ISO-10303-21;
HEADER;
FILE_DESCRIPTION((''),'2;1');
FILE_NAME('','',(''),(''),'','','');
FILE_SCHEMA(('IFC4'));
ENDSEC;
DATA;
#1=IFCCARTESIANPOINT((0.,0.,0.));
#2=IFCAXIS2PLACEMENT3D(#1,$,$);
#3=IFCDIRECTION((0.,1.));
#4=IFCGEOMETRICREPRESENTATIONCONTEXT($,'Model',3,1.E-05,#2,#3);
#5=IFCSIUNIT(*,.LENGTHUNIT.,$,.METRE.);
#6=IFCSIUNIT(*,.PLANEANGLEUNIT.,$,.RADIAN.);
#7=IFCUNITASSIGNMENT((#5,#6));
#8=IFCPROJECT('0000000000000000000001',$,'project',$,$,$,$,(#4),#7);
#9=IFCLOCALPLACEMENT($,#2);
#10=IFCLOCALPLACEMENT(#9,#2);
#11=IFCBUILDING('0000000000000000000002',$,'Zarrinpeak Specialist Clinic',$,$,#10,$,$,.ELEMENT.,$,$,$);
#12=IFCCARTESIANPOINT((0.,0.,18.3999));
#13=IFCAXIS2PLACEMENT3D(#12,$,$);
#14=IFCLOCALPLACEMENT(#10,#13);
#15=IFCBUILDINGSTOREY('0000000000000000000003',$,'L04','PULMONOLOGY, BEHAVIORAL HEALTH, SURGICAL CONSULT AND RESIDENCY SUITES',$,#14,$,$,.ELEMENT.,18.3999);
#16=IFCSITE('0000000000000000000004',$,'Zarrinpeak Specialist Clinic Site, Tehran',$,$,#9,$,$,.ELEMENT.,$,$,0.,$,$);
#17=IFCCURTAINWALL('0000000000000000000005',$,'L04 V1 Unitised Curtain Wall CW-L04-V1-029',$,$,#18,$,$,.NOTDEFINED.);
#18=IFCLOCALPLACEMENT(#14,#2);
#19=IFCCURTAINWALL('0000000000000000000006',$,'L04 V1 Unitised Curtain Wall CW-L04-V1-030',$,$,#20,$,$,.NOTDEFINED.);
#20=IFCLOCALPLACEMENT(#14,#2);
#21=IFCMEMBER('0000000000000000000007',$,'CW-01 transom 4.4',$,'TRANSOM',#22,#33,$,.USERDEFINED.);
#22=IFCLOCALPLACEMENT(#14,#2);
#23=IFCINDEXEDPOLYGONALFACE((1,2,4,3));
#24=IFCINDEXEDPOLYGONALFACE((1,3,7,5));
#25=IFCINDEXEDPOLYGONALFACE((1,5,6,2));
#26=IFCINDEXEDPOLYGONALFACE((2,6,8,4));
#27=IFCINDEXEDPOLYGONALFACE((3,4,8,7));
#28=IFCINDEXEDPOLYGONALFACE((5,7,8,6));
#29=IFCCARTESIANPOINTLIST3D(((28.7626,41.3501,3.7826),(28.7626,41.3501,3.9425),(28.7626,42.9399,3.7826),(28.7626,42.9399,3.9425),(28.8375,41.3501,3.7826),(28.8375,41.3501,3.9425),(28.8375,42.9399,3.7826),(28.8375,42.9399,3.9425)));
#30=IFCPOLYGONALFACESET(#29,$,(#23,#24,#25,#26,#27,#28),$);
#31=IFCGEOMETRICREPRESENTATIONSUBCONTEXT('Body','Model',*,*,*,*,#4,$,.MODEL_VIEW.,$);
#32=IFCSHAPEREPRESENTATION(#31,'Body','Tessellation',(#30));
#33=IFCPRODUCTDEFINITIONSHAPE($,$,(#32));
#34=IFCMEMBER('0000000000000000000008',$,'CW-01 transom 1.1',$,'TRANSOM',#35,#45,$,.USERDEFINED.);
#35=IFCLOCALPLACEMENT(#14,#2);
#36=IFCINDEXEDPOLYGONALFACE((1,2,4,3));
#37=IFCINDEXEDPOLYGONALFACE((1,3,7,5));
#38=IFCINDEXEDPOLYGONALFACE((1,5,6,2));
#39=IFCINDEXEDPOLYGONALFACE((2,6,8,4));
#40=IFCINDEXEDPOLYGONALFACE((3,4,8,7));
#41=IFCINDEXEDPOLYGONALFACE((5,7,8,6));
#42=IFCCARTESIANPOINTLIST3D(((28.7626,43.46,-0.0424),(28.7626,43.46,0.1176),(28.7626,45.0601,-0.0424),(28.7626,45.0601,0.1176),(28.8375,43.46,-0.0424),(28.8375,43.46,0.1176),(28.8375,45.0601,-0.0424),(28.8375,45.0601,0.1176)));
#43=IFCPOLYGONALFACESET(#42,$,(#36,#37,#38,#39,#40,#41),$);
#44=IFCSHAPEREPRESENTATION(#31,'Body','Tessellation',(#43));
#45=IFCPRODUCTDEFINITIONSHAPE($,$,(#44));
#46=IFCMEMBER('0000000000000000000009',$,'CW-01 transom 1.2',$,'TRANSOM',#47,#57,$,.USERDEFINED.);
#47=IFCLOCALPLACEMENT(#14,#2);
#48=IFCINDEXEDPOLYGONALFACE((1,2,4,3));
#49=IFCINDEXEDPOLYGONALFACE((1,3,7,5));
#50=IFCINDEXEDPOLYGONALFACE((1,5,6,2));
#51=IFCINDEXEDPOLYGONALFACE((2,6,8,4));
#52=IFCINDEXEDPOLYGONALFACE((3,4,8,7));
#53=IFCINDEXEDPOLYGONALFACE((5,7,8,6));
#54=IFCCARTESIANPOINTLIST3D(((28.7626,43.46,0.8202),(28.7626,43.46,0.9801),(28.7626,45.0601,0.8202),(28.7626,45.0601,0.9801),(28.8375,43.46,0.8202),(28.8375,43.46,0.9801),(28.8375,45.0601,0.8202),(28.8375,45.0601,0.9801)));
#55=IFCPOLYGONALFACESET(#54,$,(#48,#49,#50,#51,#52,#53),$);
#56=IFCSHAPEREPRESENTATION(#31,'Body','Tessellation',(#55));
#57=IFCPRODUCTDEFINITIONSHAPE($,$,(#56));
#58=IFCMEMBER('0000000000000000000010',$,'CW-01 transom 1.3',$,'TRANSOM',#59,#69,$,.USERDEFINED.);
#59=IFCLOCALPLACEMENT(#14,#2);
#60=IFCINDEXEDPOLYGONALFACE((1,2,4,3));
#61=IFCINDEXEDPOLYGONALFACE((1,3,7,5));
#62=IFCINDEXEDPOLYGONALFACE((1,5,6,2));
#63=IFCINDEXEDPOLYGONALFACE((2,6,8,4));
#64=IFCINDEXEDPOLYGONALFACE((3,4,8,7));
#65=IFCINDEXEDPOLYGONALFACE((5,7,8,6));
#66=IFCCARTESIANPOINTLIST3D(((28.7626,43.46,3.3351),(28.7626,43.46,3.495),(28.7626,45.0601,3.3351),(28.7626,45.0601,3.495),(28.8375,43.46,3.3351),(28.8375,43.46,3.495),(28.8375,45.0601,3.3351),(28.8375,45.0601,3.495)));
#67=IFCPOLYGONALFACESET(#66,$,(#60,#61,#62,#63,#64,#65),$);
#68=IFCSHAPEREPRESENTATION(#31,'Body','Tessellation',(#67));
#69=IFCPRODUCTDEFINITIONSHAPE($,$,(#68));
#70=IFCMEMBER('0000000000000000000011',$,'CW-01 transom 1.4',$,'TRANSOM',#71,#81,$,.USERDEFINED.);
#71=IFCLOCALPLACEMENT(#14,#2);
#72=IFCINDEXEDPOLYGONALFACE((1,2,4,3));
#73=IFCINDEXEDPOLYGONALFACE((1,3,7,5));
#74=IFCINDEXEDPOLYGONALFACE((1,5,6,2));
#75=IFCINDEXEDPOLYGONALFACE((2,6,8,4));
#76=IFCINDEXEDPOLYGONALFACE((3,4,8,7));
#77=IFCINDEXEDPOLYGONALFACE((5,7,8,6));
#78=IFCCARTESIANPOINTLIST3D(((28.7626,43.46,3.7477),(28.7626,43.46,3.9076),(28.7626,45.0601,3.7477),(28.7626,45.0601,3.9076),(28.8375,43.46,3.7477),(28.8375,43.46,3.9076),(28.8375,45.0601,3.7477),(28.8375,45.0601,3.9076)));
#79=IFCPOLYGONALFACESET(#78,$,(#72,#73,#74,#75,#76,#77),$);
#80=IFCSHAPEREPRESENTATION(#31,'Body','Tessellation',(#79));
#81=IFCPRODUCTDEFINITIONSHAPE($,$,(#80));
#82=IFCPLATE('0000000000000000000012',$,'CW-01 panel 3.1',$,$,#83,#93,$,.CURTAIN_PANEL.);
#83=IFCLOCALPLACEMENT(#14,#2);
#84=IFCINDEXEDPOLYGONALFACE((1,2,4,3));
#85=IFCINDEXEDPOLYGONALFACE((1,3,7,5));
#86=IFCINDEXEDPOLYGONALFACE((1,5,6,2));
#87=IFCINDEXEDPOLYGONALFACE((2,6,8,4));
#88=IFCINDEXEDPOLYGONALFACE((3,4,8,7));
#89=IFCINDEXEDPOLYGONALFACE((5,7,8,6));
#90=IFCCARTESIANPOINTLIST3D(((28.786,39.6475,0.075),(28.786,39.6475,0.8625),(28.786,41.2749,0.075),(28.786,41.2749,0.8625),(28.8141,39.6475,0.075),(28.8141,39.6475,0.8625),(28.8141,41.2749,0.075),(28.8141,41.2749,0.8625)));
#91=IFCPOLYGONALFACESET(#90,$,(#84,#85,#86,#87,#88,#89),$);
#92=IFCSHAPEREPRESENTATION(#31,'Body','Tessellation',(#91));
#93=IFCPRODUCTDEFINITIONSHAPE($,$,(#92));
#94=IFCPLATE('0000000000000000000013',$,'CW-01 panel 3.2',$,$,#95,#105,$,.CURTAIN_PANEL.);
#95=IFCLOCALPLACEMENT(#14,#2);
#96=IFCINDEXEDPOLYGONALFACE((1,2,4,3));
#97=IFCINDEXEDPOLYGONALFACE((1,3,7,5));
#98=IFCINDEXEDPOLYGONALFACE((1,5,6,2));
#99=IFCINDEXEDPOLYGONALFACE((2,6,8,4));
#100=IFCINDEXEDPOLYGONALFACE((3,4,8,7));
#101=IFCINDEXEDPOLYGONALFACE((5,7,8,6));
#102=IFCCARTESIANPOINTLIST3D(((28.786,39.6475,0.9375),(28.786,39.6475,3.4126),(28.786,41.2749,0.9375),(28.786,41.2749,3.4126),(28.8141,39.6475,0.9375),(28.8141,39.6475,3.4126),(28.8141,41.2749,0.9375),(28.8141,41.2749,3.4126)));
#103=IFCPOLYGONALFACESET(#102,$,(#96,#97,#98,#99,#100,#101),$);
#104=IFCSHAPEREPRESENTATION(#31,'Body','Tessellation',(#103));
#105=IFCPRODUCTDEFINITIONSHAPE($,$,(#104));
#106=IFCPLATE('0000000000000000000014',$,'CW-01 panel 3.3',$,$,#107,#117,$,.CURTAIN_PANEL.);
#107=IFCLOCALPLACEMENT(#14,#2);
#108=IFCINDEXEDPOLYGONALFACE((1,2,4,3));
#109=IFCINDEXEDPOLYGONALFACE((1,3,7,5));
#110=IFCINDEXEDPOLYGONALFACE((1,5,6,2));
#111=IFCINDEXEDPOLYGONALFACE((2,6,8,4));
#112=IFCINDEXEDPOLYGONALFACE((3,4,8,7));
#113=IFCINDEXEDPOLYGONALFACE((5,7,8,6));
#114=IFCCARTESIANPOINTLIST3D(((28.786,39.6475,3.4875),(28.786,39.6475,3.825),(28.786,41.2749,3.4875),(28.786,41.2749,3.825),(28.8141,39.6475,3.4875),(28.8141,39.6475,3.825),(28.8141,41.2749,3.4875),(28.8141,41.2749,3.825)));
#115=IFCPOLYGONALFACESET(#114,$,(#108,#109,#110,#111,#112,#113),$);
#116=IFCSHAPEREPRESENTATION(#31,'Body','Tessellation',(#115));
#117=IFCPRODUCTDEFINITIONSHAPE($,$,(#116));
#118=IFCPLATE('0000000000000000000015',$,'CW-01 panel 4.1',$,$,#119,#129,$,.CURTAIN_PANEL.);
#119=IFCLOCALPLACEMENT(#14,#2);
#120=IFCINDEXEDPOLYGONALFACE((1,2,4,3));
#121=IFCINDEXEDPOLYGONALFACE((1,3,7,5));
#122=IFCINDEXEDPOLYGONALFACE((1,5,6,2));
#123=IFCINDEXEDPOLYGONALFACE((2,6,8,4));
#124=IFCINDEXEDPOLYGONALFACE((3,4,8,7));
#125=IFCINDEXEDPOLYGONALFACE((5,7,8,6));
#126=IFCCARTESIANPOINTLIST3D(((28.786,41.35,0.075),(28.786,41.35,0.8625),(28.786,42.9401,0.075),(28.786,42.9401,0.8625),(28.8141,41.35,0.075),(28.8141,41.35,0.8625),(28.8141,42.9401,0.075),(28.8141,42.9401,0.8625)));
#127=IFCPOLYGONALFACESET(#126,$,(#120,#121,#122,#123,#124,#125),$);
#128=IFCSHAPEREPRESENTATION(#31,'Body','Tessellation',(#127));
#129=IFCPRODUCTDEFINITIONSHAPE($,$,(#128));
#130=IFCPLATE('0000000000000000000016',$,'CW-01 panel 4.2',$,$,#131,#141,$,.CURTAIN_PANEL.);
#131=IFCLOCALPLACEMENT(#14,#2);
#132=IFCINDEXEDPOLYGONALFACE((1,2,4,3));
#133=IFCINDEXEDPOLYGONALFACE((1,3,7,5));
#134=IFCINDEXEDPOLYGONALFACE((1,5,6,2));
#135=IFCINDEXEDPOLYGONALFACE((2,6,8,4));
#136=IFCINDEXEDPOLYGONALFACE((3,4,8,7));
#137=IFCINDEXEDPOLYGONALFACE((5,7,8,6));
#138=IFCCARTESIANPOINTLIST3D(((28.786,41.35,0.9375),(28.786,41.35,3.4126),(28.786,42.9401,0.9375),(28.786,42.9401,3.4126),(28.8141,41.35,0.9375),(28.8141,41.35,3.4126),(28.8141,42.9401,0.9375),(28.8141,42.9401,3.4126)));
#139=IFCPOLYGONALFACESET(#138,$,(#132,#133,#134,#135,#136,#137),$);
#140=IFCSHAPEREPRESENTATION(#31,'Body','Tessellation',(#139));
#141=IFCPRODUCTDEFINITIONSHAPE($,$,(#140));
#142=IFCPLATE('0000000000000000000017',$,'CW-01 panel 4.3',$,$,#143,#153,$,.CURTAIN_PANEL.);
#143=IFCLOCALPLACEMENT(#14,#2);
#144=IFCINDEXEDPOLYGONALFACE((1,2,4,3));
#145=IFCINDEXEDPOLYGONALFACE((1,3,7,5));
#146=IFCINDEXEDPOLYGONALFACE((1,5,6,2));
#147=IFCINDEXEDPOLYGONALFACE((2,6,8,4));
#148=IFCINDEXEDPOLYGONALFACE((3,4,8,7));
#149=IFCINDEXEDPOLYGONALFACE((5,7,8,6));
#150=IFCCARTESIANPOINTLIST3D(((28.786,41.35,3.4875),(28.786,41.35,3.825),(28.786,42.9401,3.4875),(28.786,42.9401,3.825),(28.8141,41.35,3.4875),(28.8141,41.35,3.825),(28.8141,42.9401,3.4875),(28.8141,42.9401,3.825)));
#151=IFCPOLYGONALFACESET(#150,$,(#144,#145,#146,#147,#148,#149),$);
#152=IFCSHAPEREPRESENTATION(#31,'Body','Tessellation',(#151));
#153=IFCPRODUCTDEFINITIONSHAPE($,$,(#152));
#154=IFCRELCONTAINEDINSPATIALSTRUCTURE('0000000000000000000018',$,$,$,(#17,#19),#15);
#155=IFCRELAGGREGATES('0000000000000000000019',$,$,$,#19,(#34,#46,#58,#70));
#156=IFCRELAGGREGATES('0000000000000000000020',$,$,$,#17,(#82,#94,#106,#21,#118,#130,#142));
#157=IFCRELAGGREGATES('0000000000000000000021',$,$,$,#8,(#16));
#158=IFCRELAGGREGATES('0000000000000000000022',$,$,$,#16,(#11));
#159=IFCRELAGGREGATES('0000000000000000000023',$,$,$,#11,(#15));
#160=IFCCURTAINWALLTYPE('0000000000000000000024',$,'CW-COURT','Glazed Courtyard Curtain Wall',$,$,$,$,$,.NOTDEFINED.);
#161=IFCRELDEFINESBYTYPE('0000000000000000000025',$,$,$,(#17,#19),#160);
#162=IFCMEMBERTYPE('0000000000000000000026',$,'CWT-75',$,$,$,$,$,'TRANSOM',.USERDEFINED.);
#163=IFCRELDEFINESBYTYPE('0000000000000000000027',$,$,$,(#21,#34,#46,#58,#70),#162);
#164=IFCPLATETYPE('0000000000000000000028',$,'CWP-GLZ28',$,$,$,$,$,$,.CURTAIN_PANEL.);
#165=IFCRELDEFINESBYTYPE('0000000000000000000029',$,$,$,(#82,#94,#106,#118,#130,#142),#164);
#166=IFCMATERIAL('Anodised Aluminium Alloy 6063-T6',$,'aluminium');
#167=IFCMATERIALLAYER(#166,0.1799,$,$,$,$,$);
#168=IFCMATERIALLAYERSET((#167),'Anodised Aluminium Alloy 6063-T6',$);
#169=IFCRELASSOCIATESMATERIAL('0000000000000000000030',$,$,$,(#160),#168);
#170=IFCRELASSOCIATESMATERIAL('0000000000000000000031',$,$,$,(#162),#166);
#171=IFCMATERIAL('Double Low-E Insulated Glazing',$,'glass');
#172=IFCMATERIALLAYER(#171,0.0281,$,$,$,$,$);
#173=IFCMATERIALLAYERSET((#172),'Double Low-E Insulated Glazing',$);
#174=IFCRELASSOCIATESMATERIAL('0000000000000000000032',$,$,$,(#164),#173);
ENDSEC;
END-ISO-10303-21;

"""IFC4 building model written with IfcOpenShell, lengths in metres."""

from ifc_helpers import new_model, si_unit, direction, frame, origin, origin_2d, place, context, subcontext, project, spatial, rectangle, extrude, material, layer, layer_set, material_profile, profile_set, type_object, element, aggregate, save


model = new_model("IFC4")

# Units and contexts
model_context = context("Model", 3, precision=1e-05, world=origin(), true_north=direction((0.0, 1.0)))
body_context = subcontext(model_context, "Body", "Model", "MODEL_VIEW")
ifc_project = project(units=[si_unit("LENGTHUNIT", "METRE"), si_unit("PLANEANGLEUNIT", "RADIAN")], contexts=[model_context])

# Site, building, storey
site_placement = place(None, origin())
site = spatial("IfcSite", under=ifc_project, at=site_placement, Name="Zarrinpeak Specialist Clinic Site, Tehran", CompositionType="ELEMENT", RefElevation=0.0)
building_placement = place(site_placement, origin())
building = spatial("IfcBuilding", under=site, at=building_placement, Name="Zarrinpeak Specialist Clinic", CompositionType="ELEMENT")
storey_placement = place(building_placement, frame((0.0, 0.0, 18.3999)))
storey = spatial("IfcBuildingStorey", under=building, at=storey_placement, Name="L04", Description="PULMONOLOGY, BEHAVIORAL HEALTH, SURGICAL CONSULT AND RESIDENCY SUITES", CompositionType="ELEMENT", Elevation=18.3999)

# Curtain wall
ifc_material_1 = material(Name="Anodised Aluminium Alloy 6063-T6", Category="aluminium")
ifc_layer_1 = layer(ifc_material_1, 0.1799)
ifc_layer_set_1 = layer_set([ifc_layer_1], Name="Anodised Aluminium Alloy 6063-T6")
curtain_wall_type = type_object("IfcCurtainWallType", Name="CW-COURT", Description="Glazed Courtyard Curtain Wall", PredefinedType="NOTDEFINED", material=ifc_layer_set_1)
curtain_wall_1_placement = place(storey_placement, origin())
curtain_wall_1 = element("IfcCurtainWall", 1, at=curtain_wall_1_placement, inside=storey, type_object=curtain_wall_type, Name="L04 V1 Unitised Curtain Wall CW-L04-V1-029", PredefinedType="NOTDEFINED")

# Curtain wall
curtain_wall_2_placement = place(storey_placement, origin())
curtain_wall_2 = element("IfcCurtainWall", 2, at=curtain_wall_2_placement, inside=storey, type_object=curtain_wall_type, Name="L04 V1 Unitised Curtain Wall CW-L04-V1-030", PredefinedType="NOTDEFINED")

# Members
ifc_material_profile_1 = material_profile(ifc_material_1, rectangle(XDim=0.075, YDim=0.1599, at=origin_2d()), Name="ALU 75x160")
ifc_profile_set_1 = profile_set([ifc_material_profile_1], Name="Anodised Aluminium Alloy 6063-T6")
member_type_1 = type_object("IfcMemberType", Name="CWT-75", ElementType="TRANSOM", PredefinedType="USERDEFINED", material=ifc_profile_set_1)
member_1_placement = place(storey_placement, frame((28.8, 41.3501, 3.8625), z_axis=(0.0, 1.0, 0.0), x_axis=(-1.0, 0.0, 0.0)))
member_1 = element("IfcMember", 3, at=member_1_placement, type_object=member_type_1, Name="CW-01 transom 4.4", ObjectType="TRANSOM", PredefinedType="USERDEFINED", context=body_context, shape_type="SweptSolid", body=[
    extrude(rectangle(XDim=0.075, YDim=0.1599, at=origin_2d()), origin(), (0.0, 0.0, 1.0), 1.5898),
])
member_2_placement = place(storey_placement, frame((28.8, 43.46, 0.0376), z_axis=(0.0, 1.0, 0.0), x_axis=(-1.0, 0.0, 0.0)))
member_2 = element("IfcMember", 4, at=member_2_placement, type_object=member_type_1, Name="CW-01 transom 1.1", ObjectType="TRANSOM", PredefinedType="USERDEFINED", context=body_context, shape_type="SweptSolid", body=[
    extrude(rectangle(XDim=0.075, YDim=0.1599, at=origin_2d()), origin(), (0.0, 0.0, 1.0), 1.6001),
])
member_3_placement = place(storey_placement, frame((28.8, 43.46, 0.9001), z_axis=(0.0, 1.0, 0.0), x_axis=(-1.0, 0.0, 0.0)))
member_3 = element("IfcMember", 5, at=member_3_placement, type_object=member_type_1, Name="CW-01 transom 1.2", ObjectType="TRANSOM", PredefinedType="USERDEFINED", context=body_context, shape_type="SweptSolid", body=[
    extrude(rectangle(XDim=0.075, YDim=0.1599, at=origin_2d()), origin(), (0.0, 0.0, 1.0), 1.6001),
])
member_4_placement = place(storey_placement, frame((28.8, 43.46, 3.415), z_axis=(0.0, 1.0, 0.0), x_axis=(-1.0, 0.0, 0.0)))
member_4 = element("IfcMember", 6, at=member_4_placement, type_object=member_type_1, Name="CW-01 transom 1.3", ObjectType="TRANSOM", PredefinedType="USERDEFINED", context=body_context, shape_type="SweptSolid", body=[
    extrude(rectangle(XDim=0.075, YDim=0.1599, at=origin_2d()), origin(), (0.0, 0.0, 1.0), 1.6001),
])
member_5_placement = place(storey_placement, frame((28.8, 43.46, 3.8276), z_axis=(0.0, 1.0, 0.0), x_axis=(-1.0, 0.0, 0.0)))
member_5 = element("IfcMember", 7, at=member_5_placement, type_object=member_type_1, Name="CW-01 transom 1.4", ObjectType="TRANSOM", PredefinedType="USERDEFINED", context=body_context, shape_type="SweptSolid", body=[
    extrude(rectangle(XDim=0.075, YDim=0.1599, at=origin_2d()), origin(), (0.0, 0.0, 1.0), 1.6001),
])
aggregate(curtain_wall_2, [member_2, member_3, member_4, member_5])

# Plates
ifc_material_2 = material(Name="Double Low-E Insulated Glazing", Category="glass")
ifc_layer_2 = layer(ifc_material_2, 0.0281)
ifc_layer_set_2 = layer_set([ifc_layer_2], Name="Double Low-E Insulated Glazing")
plate_type = type_object("IfcPlateType", Name="CWP-GLZ28", PredefinedType="CURTAIN_PANEL", material=ifc_layer_set_2)
plate_1_placement = place(storey_placement, frame((28.8, 40.4612, 0.075), z_axis=(0.0, 0.0, 1.0), x_axis=(0.0, 1.0, 0.0)))
plate_1 = element("IfcPlate", 8, at=plate_1_placement, type_object=plate_type, Name="CW-01 panel 3.1", PredefinedType="CURTAIN_PANEL", context=body_context, shape_type="SweptSolid", body=[
    extrude(rectangle(XDim=1.6274, YDim=0.0281, at=origin_2d()), origin(), (0.0, 0.0, 1.0), 0.7876),
])
plate_2_placement = place(storey_placement, frame((28.8, 40.4612, 0.9375), z_axis=(0.0, 0.0, 1.0), x_axis=(0.0, 1.0, 0.0)))
plate_2 = element("IfcPlate", 9, at=plate_2_placement, type_object=plate_type, Name="CW-01 panel 3.2", PredefinedType="CURTAIN_PANEL", context=body_context, shape_type="SweptSolid", body=[
    extrude(rectangle(XDim=1.6274, YDim=0.0281, at=origin_2d()), origin(), (0.0, 0.0, 1.0), 2.4751),
])
plate_3_placement = place(storey_placement, frame((28.8, 40.4612, 3.4875), z_axis=(0.0, 0.0, 1.0), x_axis=(0.0, 1.0, 0.0)))
plate_3 = element("IfcPlate", 10, at=plate_3_placement, type_object=plate_type, Name="CW-01 panel 3.3", PredefinedType="CURTAIN_PANEL", context=body_context, shape_type="SweptSolid", body=[
    extrude(rectangle(XDim=1.6274, YDim=0.0281, at=origin_2d()), origin(), (0.0, 0.0, 1.0), 0.3374),
])
plate_4_placement = place(storey_placement, frame((28.8, 42.145, 0.075), z_axis=(0.0, 0.0, 1.0), x_axis=(0.0, 1.0, 0.0)))
plate_4 = element("IfcPlate", 11, at=plate_4_placement, type_object=plate_type, Name="CW-01 panel 4.1", PredefinedType="CURTAIN_PANEL", context=body_context, shape_type="SweptSolid", body=[
    extrude(rectangle(XDim=1.5901, YDim=0.0281, at=origin_2d()), origin(), (0.0, 0.0, 1.0), 0.7876),
])
plate_5_placement = place(storey_placement, frame((28.8, 42.145, 0.9375), z_axis=(0.0, 0.0, 1.0), x_axis=(0.0, 1.0, 0.0)))
plate_5 = element("IfcPlate", 12, at=plate_5_placement, type_object=plate_type, Name="CW-01 panel 4.2", PredefinedType="CURTAIN_PANEL", context=body_context, shape_type="SweptSolid", body=[
    extrude(rectangle(XDim=1.5901, YDim=0.0281, at=origin_2d()), origin(), (0.0, 0.0, 1.0), 2.4751),
])
plate_6_placement = place(storey_placement, frame((28.8, 42.145, 3.4875), z_axis=(0.0, 0.0, 1.0), x_axis=(0.0, 1.0, 0.0)))
plate_6 = element("IfcPlate", 13, at=plate_6_placement, type_object=plate_type, Name="CW-01 panel 4.3", PredefinedType="CURTAIN_PANEL", context=body_context, shape_type="SweptSolid", body=[
    extrude(rectangle(XDim=1.5901, YDim=0.0281, at=origin_2d()), origin(), (0.0, 0.0, 1.0), 0.3374),
])
aggregate(curtain_wall_1, [plate_1, plate_2, plate_3, member_1, plate_4, plate_5, plate_6])

save(model, "model.ifc")
